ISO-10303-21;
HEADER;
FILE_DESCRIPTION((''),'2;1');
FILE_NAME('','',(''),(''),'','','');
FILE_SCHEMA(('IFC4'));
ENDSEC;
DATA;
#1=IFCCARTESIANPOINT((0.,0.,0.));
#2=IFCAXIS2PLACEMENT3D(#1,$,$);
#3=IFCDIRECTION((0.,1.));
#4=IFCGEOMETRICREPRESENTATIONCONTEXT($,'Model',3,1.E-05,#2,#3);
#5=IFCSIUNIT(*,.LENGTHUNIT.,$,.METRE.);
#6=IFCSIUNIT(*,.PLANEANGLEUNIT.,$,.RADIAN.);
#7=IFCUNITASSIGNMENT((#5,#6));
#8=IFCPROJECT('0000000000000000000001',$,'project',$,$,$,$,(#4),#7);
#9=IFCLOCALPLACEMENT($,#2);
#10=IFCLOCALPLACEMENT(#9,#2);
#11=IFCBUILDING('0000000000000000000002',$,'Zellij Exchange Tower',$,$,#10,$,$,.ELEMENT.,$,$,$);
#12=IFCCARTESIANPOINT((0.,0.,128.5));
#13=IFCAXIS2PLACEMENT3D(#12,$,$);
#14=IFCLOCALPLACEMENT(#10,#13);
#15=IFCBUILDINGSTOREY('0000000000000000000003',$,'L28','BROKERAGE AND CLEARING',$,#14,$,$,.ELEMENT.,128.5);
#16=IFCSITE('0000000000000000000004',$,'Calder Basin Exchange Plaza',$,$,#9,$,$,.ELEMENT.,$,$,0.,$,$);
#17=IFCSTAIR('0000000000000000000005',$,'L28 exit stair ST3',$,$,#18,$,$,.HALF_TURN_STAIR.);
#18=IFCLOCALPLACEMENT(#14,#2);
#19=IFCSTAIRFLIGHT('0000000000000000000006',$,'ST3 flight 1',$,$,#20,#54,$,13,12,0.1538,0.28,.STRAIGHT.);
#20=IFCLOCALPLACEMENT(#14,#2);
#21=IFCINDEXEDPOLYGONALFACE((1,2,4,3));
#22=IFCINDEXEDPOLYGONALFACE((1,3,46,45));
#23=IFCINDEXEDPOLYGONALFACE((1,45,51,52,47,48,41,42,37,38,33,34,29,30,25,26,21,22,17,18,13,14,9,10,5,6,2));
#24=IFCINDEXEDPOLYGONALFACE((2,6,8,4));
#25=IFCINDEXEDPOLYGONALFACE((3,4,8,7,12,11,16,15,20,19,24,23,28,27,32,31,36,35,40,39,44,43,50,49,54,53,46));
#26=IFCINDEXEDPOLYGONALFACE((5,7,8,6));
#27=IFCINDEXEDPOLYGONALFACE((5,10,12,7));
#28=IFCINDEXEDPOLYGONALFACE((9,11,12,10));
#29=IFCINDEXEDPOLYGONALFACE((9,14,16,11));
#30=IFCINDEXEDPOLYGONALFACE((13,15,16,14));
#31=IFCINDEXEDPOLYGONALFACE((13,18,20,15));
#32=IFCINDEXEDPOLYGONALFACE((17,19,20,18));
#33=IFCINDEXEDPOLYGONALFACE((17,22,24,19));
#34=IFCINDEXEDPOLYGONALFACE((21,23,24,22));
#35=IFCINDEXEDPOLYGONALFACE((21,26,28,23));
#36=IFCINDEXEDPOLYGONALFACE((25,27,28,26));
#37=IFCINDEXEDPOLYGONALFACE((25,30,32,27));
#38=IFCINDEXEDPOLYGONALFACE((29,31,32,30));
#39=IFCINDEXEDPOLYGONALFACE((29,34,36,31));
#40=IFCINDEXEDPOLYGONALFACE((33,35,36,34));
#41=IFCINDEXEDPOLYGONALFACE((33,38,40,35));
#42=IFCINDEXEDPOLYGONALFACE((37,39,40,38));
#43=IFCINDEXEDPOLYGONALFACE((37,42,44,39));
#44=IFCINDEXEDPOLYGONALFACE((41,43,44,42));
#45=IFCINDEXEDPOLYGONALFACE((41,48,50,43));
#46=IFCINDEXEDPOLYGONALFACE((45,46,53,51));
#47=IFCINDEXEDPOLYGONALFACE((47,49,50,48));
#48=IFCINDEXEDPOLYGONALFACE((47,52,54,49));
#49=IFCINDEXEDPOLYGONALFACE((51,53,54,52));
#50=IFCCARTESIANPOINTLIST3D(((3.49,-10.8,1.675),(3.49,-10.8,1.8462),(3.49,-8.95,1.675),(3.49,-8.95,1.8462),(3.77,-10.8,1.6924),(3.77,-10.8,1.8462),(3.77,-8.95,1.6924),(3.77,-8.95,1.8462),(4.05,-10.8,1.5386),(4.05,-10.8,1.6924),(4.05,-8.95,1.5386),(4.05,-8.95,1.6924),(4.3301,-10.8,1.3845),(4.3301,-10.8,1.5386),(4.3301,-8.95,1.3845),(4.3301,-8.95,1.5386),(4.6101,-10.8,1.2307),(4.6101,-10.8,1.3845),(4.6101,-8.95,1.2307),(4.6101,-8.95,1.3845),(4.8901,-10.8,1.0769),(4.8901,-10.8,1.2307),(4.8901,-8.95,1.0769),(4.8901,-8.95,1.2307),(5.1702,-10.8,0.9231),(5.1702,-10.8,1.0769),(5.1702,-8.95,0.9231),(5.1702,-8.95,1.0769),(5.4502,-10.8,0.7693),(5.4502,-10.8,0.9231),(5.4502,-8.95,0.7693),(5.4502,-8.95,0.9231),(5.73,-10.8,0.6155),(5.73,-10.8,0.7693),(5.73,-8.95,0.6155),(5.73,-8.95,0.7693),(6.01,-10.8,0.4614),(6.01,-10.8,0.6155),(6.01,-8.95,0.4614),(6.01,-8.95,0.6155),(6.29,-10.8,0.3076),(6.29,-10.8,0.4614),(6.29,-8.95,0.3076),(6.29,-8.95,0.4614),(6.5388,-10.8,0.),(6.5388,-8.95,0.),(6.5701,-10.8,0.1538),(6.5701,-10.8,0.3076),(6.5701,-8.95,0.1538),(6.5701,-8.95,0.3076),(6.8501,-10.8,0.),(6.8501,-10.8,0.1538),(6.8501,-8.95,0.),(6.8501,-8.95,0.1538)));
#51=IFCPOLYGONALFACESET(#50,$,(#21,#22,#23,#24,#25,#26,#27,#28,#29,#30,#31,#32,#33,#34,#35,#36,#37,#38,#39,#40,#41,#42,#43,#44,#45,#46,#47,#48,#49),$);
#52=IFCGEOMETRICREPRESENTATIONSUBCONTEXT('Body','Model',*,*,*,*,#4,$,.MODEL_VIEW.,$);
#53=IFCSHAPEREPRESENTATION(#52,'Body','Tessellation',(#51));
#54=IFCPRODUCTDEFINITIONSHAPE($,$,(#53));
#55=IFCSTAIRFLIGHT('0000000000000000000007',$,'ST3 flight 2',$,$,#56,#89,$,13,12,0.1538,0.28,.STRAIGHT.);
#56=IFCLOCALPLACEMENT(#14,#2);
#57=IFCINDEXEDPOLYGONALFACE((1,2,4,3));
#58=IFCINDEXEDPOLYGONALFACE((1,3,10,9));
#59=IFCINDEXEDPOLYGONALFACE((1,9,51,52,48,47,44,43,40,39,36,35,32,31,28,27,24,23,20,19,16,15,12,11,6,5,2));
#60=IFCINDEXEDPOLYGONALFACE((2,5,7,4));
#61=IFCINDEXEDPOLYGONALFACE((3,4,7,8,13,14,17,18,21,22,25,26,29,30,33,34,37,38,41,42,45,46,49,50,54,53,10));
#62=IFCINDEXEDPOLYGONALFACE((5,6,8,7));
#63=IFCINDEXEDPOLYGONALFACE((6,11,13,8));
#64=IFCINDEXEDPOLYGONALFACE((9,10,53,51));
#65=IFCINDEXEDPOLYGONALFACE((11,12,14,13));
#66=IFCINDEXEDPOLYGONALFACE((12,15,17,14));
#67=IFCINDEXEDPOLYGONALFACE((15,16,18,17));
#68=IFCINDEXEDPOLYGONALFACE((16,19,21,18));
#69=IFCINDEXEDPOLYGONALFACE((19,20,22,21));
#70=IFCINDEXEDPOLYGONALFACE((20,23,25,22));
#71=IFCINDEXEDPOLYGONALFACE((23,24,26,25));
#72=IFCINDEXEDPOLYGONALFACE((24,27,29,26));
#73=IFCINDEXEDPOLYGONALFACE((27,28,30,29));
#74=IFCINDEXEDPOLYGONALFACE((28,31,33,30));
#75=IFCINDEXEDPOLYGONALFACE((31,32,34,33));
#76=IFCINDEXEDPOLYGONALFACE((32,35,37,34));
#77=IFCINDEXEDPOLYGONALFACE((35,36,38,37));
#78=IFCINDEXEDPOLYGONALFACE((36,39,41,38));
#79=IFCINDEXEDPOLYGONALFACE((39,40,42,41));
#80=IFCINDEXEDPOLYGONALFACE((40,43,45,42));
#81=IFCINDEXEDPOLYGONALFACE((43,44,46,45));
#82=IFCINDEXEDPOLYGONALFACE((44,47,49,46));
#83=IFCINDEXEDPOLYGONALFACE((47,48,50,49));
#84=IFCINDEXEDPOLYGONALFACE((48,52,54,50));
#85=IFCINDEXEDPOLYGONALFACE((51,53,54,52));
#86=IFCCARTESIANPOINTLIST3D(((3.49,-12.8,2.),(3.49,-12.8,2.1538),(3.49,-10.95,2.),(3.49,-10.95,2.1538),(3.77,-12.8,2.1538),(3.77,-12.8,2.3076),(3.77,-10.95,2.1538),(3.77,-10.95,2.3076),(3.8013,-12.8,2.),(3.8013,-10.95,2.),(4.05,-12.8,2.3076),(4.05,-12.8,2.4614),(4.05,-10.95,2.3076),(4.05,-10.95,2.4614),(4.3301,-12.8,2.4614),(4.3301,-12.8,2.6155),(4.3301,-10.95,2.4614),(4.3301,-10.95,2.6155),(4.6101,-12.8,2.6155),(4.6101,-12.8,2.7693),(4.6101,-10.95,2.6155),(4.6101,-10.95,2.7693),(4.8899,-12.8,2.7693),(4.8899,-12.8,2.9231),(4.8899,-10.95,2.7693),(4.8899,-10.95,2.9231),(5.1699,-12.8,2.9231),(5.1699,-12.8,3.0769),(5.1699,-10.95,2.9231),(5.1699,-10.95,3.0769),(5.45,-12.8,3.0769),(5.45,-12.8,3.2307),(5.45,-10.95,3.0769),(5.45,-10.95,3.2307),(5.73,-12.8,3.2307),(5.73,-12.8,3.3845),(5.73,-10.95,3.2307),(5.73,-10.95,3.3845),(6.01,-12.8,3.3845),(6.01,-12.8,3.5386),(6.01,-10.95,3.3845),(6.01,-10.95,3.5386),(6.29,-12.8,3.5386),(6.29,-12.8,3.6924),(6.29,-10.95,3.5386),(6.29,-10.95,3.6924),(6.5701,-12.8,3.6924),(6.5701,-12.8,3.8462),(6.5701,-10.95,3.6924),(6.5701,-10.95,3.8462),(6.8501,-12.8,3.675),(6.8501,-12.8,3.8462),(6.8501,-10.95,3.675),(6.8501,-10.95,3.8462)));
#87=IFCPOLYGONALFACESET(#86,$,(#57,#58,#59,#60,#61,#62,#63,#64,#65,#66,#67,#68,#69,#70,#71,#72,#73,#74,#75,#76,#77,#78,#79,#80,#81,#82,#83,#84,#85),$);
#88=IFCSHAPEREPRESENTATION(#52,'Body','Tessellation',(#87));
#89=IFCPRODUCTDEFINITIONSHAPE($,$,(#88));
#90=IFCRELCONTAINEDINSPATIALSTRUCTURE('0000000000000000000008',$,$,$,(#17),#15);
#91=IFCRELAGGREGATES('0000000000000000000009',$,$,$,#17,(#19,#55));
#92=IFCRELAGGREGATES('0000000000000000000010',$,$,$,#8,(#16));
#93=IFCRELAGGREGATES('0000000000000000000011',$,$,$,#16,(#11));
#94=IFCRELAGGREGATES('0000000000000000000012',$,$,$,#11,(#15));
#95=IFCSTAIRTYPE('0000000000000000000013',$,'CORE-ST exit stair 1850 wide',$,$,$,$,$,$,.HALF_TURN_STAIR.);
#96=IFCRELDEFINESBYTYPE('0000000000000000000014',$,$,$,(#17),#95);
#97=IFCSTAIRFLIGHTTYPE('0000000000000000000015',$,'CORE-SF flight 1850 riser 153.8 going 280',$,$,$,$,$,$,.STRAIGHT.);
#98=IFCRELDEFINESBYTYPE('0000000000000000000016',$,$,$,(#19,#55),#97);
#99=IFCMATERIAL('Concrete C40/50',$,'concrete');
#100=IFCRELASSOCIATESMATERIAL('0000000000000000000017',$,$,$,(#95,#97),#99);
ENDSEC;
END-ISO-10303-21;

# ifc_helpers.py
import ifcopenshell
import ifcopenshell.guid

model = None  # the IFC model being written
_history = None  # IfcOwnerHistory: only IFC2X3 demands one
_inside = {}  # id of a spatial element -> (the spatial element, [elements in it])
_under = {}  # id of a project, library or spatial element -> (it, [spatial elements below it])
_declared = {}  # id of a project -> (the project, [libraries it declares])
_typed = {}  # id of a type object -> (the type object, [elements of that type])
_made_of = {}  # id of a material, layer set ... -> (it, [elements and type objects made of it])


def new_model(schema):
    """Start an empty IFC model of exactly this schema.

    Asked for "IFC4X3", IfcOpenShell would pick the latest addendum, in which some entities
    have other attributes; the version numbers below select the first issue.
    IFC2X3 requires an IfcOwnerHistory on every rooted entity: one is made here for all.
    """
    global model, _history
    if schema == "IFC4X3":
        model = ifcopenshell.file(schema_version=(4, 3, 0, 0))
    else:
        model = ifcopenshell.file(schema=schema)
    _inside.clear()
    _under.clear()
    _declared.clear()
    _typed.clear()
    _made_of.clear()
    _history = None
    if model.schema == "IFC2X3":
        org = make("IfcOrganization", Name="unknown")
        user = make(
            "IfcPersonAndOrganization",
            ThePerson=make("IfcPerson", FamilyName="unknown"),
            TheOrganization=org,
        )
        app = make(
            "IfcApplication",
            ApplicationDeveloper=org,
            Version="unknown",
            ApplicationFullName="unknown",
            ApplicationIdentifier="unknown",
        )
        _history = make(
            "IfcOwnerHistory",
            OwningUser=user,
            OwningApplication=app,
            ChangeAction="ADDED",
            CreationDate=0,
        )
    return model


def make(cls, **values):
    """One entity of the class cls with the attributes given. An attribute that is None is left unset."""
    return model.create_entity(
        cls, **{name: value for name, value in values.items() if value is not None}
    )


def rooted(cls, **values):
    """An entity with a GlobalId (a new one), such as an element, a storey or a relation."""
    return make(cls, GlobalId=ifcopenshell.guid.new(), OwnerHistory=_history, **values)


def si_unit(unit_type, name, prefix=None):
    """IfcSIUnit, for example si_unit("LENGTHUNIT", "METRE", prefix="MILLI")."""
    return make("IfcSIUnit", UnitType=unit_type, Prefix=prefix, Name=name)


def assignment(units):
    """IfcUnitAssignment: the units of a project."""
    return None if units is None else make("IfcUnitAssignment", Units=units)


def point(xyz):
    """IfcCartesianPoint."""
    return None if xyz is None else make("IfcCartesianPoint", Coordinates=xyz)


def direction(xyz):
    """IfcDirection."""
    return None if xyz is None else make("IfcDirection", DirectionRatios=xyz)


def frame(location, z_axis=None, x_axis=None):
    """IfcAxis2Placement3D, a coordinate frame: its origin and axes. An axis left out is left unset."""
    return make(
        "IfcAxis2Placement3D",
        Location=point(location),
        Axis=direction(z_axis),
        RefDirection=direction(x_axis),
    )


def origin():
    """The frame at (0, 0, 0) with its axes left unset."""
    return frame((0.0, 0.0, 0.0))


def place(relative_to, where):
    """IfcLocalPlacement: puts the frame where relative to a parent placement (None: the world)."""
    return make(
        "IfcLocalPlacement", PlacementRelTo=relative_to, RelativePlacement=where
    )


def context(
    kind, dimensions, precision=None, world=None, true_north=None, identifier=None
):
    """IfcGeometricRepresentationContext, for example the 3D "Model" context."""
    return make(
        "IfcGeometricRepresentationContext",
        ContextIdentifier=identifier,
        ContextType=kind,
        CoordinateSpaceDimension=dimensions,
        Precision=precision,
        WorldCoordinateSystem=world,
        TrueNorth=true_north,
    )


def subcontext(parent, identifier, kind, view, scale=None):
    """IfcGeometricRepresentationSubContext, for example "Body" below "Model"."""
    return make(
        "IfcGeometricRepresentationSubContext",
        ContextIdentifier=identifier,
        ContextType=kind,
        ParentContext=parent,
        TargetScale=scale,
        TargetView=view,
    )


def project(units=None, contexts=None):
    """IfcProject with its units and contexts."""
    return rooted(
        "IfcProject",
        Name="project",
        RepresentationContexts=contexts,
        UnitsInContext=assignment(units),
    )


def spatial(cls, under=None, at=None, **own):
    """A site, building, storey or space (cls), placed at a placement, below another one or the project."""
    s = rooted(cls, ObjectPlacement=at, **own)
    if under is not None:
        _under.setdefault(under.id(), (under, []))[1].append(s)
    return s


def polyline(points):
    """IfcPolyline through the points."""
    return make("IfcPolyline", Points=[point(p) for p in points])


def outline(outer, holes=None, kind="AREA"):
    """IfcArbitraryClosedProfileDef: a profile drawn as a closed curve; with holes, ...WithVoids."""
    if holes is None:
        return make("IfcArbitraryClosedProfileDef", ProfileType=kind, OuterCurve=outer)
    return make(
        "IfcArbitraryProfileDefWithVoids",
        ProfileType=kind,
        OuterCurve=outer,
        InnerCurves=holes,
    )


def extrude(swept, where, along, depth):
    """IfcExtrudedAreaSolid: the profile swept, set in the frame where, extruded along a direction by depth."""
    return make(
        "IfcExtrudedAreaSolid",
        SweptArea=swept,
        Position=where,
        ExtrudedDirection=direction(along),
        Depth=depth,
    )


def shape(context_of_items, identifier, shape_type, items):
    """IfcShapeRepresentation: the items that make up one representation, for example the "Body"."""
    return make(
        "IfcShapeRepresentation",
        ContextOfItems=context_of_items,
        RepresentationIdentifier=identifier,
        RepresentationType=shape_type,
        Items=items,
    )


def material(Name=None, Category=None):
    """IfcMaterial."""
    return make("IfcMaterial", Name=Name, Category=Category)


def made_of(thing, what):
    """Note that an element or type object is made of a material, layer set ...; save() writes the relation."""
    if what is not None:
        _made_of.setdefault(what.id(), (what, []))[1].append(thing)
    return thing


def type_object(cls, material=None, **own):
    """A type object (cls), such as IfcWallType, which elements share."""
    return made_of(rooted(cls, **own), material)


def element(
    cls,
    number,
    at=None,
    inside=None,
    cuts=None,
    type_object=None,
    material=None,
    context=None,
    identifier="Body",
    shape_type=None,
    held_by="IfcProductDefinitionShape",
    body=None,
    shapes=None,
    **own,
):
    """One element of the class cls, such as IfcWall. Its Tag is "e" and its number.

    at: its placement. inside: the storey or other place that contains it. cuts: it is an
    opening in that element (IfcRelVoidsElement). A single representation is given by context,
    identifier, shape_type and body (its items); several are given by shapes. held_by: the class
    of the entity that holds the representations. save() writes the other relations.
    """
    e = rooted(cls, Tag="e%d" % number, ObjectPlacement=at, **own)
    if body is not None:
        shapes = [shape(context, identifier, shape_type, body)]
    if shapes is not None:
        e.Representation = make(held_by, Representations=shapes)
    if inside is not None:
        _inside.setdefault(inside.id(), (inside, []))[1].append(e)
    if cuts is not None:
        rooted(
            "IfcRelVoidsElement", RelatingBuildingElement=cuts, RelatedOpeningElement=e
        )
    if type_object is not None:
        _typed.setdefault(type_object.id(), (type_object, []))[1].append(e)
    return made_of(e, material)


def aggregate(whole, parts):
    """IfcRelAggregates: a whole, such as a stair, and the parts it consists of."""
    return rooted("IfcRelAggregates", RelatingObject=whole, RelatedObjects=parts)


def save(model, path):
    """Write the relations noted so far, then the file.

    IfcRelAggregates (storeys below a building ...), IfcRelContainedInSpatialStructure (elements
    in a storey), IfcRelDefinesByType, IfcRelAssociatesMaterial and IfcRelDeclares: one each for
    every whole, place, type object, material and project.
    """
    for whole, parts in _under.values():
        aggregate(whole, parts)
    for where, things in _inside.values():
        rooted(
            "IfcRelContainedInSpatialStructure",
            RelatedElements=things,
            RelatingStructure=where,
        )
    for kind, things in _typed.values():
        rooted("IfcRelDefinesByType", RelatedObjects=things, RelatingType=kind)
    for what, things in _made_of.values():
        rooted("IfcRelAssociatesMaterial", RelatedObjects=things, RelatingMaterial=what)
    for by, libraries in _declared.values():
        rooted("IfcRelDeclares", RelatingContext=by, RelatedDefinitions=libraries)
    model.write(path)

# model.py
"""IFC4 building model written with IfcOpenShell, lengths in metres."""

from ifc_helpers import new_model, si_unit, direction, frame, origin, place, context, subcontext, project, spatial, polyline, outline, extrude, material, type_object, element, aggregate, save


model = new_model("IFC4")

# Units and contexts
model_context = context("Model", 3, precision=1e-05, world=origin(), true_north=direction((0.0, 1.0)))
body_context = subcontext(model_context, "Body", "Model", "MODEL_VIEW")
ifc_project = project(units=[si_unit("LENGTHUNIT", "METRE"), si_unit("PLANEANGLEUNIT", "RADIAN")], contexts=[model_context])

# Site, building, storey
site_placement = place(None, origin())
site = spatial("IfcSite", under=ifc_project, at=site_placement, Name="Calder Basin Exchange Plaza", CompositionType="ELEMENT", RefElevation=0.0)
building_placement = place(site_placement, origin())
building = spatial("IfcBuilding", under=site, at=building_placement, Name="Zellij Exchange Tower", CompositionType="ELEMENT")
storey_placement = place(building_placement, frame((0.0, 0.0, 128.5)))
storey = spatial("IfcBuildingStorey", under=building, at=storey_placement, Name="L28", Description="BROKERAGE AND CLEARING", CompositionType="ELEMENT", Elevation=128.5)

# Stair, stair flights
ifc_material_1 = material(Name="Concrete C40/50", Category="concrete")
stair_type = type_object("IfcStairType", Name="CORE-ST exit stair 1850 wide", PredefinedType="HALF_TURN_STAIR", material=ifc_material_1)
stair_placement = place(storey_placement, origin())
stair = element("IfcStair", 1, at=stair_placement, inside=storey, type_object=stair_type, Name="L28 exit stair ST3", PredefinedType="HALF_TURN_STAIR")
stair_flight_type = type_object("IfcStairFlightType", Name="CORE-SF flight 1850 riser 153.8 going 280", PredefinedType="STRAIGHT", material=ifc_material_1)
stair_flight_1_placement = place(storey_placement, frame((6.8501, -9.875, 0.0), z_axis=(0.0, 0.0, 1.0), x_axis=(-1.0, 0.0, 0.0)))
stair_flight_1 = element("IfcStairFlight", 2, at=stair_flight_1_placement, type_object=stair_flight_type, Name="ST3 flight 1", NumberOfRisers=13, NumberOfTreads=12, PredefinedType="STRAIGHT", RiserHeight=0.1538, TreadLength=0.28, context=body_context, shape_type="SweptSolid", body=[
    extrude(outline(polyline([(0.0, 0.0), (0.0, 0.1538), (0.28, 0.1538), (0.28, 0.3076), (0.5601, 0.3076), (0.5601, 0.4614), (0.8401, 0.4614), (0.8401, 0.6155), (1.1201, 0.6155), (1.1201, 0.7693), (1.3999, 0.7693), (1.3999, 0.9231), (1.6799, 0.9231), (1.6799, 1.0769), (1.96, 1.0769), (1.96, 1.2307), (2.24, 1.2307), (2.24, 1.3845), (2.52, 1.3845), (2.52, 1.5386), (2.8, 1.5386), (2.8, 1.6924), (3.0801, 1.6924), (3.0801, 1.8462), (3.3601, 1.8462), (3.3601, 2.0), (3.3601, 1.675), (0.3113, 0.0), (0.0, 0.0)])), frame((0.0, 0.925, 0.0), z_axis=(0.0, -1.0, 0.0), x_axis=(1.0, 0.0, 0.0)), (0.0, 0.0, 1.0), 1.8501),
])
stair_flight_2_placement = place(storey_placement, frame((3.49, -11.875, 2.0), z_axis=(0.0, 0.0, 1.0), x_axis=(1.0, 0.0, 0.0)))
stair_flight_2 = element("IfcStairFlight", 3, at=stair_flight_2_placement, type_object=stair_flight_type, Name="ST3 flight 2", NumberOfRisers=13, NumberOfTreads=12, PredefinedType="STRAIGHT", RiserHeight=0.1538, TreadLength=0.28, context=body_context, shape_type="SweptSolid", body=[
    extrude(outline(polyline([(0.0, 0.0), (0.0, 0.1538), (0.28, 0.1538), (0.28, 0.3076), (0.5601, 0.3076), (0.5601, 0.4614), (0.8401, 0.4614), (0.8401, 0.6155), (1.1201, 0.6155), (1.1201, 0.7693), (1.3999, 0.7693), (1.3999, 0.9231), (1.6799, 0.9231), (1.6799, 1.0769), (1.96, 1.0769), (1.96, 1.2307), (2.24, 1.2307), (2.24, 1.3845), (2.52, 1.3845), (2.52, 1.5386), (2.8, 1.5386), (2.8, 1.6924), (3.0801, 1.6924), (3.0801, 1.8462), (3.3601, 1.8462), (3.3601, 2.0), (3.3601, 1.675), (0.3113, 0.0), (0.0, 0.0)])), frame((0.0, 0.925, 0.0), z_axis=(0.0, -1.0, 0.0), x_axis=(1.0, 0.0, 0.0)), (0.0, 0.0, 1.0), 1.8501),
])
aggregate(stair, [stair_flight_1, stair_flight_2])

save(model, "model.ifc")
